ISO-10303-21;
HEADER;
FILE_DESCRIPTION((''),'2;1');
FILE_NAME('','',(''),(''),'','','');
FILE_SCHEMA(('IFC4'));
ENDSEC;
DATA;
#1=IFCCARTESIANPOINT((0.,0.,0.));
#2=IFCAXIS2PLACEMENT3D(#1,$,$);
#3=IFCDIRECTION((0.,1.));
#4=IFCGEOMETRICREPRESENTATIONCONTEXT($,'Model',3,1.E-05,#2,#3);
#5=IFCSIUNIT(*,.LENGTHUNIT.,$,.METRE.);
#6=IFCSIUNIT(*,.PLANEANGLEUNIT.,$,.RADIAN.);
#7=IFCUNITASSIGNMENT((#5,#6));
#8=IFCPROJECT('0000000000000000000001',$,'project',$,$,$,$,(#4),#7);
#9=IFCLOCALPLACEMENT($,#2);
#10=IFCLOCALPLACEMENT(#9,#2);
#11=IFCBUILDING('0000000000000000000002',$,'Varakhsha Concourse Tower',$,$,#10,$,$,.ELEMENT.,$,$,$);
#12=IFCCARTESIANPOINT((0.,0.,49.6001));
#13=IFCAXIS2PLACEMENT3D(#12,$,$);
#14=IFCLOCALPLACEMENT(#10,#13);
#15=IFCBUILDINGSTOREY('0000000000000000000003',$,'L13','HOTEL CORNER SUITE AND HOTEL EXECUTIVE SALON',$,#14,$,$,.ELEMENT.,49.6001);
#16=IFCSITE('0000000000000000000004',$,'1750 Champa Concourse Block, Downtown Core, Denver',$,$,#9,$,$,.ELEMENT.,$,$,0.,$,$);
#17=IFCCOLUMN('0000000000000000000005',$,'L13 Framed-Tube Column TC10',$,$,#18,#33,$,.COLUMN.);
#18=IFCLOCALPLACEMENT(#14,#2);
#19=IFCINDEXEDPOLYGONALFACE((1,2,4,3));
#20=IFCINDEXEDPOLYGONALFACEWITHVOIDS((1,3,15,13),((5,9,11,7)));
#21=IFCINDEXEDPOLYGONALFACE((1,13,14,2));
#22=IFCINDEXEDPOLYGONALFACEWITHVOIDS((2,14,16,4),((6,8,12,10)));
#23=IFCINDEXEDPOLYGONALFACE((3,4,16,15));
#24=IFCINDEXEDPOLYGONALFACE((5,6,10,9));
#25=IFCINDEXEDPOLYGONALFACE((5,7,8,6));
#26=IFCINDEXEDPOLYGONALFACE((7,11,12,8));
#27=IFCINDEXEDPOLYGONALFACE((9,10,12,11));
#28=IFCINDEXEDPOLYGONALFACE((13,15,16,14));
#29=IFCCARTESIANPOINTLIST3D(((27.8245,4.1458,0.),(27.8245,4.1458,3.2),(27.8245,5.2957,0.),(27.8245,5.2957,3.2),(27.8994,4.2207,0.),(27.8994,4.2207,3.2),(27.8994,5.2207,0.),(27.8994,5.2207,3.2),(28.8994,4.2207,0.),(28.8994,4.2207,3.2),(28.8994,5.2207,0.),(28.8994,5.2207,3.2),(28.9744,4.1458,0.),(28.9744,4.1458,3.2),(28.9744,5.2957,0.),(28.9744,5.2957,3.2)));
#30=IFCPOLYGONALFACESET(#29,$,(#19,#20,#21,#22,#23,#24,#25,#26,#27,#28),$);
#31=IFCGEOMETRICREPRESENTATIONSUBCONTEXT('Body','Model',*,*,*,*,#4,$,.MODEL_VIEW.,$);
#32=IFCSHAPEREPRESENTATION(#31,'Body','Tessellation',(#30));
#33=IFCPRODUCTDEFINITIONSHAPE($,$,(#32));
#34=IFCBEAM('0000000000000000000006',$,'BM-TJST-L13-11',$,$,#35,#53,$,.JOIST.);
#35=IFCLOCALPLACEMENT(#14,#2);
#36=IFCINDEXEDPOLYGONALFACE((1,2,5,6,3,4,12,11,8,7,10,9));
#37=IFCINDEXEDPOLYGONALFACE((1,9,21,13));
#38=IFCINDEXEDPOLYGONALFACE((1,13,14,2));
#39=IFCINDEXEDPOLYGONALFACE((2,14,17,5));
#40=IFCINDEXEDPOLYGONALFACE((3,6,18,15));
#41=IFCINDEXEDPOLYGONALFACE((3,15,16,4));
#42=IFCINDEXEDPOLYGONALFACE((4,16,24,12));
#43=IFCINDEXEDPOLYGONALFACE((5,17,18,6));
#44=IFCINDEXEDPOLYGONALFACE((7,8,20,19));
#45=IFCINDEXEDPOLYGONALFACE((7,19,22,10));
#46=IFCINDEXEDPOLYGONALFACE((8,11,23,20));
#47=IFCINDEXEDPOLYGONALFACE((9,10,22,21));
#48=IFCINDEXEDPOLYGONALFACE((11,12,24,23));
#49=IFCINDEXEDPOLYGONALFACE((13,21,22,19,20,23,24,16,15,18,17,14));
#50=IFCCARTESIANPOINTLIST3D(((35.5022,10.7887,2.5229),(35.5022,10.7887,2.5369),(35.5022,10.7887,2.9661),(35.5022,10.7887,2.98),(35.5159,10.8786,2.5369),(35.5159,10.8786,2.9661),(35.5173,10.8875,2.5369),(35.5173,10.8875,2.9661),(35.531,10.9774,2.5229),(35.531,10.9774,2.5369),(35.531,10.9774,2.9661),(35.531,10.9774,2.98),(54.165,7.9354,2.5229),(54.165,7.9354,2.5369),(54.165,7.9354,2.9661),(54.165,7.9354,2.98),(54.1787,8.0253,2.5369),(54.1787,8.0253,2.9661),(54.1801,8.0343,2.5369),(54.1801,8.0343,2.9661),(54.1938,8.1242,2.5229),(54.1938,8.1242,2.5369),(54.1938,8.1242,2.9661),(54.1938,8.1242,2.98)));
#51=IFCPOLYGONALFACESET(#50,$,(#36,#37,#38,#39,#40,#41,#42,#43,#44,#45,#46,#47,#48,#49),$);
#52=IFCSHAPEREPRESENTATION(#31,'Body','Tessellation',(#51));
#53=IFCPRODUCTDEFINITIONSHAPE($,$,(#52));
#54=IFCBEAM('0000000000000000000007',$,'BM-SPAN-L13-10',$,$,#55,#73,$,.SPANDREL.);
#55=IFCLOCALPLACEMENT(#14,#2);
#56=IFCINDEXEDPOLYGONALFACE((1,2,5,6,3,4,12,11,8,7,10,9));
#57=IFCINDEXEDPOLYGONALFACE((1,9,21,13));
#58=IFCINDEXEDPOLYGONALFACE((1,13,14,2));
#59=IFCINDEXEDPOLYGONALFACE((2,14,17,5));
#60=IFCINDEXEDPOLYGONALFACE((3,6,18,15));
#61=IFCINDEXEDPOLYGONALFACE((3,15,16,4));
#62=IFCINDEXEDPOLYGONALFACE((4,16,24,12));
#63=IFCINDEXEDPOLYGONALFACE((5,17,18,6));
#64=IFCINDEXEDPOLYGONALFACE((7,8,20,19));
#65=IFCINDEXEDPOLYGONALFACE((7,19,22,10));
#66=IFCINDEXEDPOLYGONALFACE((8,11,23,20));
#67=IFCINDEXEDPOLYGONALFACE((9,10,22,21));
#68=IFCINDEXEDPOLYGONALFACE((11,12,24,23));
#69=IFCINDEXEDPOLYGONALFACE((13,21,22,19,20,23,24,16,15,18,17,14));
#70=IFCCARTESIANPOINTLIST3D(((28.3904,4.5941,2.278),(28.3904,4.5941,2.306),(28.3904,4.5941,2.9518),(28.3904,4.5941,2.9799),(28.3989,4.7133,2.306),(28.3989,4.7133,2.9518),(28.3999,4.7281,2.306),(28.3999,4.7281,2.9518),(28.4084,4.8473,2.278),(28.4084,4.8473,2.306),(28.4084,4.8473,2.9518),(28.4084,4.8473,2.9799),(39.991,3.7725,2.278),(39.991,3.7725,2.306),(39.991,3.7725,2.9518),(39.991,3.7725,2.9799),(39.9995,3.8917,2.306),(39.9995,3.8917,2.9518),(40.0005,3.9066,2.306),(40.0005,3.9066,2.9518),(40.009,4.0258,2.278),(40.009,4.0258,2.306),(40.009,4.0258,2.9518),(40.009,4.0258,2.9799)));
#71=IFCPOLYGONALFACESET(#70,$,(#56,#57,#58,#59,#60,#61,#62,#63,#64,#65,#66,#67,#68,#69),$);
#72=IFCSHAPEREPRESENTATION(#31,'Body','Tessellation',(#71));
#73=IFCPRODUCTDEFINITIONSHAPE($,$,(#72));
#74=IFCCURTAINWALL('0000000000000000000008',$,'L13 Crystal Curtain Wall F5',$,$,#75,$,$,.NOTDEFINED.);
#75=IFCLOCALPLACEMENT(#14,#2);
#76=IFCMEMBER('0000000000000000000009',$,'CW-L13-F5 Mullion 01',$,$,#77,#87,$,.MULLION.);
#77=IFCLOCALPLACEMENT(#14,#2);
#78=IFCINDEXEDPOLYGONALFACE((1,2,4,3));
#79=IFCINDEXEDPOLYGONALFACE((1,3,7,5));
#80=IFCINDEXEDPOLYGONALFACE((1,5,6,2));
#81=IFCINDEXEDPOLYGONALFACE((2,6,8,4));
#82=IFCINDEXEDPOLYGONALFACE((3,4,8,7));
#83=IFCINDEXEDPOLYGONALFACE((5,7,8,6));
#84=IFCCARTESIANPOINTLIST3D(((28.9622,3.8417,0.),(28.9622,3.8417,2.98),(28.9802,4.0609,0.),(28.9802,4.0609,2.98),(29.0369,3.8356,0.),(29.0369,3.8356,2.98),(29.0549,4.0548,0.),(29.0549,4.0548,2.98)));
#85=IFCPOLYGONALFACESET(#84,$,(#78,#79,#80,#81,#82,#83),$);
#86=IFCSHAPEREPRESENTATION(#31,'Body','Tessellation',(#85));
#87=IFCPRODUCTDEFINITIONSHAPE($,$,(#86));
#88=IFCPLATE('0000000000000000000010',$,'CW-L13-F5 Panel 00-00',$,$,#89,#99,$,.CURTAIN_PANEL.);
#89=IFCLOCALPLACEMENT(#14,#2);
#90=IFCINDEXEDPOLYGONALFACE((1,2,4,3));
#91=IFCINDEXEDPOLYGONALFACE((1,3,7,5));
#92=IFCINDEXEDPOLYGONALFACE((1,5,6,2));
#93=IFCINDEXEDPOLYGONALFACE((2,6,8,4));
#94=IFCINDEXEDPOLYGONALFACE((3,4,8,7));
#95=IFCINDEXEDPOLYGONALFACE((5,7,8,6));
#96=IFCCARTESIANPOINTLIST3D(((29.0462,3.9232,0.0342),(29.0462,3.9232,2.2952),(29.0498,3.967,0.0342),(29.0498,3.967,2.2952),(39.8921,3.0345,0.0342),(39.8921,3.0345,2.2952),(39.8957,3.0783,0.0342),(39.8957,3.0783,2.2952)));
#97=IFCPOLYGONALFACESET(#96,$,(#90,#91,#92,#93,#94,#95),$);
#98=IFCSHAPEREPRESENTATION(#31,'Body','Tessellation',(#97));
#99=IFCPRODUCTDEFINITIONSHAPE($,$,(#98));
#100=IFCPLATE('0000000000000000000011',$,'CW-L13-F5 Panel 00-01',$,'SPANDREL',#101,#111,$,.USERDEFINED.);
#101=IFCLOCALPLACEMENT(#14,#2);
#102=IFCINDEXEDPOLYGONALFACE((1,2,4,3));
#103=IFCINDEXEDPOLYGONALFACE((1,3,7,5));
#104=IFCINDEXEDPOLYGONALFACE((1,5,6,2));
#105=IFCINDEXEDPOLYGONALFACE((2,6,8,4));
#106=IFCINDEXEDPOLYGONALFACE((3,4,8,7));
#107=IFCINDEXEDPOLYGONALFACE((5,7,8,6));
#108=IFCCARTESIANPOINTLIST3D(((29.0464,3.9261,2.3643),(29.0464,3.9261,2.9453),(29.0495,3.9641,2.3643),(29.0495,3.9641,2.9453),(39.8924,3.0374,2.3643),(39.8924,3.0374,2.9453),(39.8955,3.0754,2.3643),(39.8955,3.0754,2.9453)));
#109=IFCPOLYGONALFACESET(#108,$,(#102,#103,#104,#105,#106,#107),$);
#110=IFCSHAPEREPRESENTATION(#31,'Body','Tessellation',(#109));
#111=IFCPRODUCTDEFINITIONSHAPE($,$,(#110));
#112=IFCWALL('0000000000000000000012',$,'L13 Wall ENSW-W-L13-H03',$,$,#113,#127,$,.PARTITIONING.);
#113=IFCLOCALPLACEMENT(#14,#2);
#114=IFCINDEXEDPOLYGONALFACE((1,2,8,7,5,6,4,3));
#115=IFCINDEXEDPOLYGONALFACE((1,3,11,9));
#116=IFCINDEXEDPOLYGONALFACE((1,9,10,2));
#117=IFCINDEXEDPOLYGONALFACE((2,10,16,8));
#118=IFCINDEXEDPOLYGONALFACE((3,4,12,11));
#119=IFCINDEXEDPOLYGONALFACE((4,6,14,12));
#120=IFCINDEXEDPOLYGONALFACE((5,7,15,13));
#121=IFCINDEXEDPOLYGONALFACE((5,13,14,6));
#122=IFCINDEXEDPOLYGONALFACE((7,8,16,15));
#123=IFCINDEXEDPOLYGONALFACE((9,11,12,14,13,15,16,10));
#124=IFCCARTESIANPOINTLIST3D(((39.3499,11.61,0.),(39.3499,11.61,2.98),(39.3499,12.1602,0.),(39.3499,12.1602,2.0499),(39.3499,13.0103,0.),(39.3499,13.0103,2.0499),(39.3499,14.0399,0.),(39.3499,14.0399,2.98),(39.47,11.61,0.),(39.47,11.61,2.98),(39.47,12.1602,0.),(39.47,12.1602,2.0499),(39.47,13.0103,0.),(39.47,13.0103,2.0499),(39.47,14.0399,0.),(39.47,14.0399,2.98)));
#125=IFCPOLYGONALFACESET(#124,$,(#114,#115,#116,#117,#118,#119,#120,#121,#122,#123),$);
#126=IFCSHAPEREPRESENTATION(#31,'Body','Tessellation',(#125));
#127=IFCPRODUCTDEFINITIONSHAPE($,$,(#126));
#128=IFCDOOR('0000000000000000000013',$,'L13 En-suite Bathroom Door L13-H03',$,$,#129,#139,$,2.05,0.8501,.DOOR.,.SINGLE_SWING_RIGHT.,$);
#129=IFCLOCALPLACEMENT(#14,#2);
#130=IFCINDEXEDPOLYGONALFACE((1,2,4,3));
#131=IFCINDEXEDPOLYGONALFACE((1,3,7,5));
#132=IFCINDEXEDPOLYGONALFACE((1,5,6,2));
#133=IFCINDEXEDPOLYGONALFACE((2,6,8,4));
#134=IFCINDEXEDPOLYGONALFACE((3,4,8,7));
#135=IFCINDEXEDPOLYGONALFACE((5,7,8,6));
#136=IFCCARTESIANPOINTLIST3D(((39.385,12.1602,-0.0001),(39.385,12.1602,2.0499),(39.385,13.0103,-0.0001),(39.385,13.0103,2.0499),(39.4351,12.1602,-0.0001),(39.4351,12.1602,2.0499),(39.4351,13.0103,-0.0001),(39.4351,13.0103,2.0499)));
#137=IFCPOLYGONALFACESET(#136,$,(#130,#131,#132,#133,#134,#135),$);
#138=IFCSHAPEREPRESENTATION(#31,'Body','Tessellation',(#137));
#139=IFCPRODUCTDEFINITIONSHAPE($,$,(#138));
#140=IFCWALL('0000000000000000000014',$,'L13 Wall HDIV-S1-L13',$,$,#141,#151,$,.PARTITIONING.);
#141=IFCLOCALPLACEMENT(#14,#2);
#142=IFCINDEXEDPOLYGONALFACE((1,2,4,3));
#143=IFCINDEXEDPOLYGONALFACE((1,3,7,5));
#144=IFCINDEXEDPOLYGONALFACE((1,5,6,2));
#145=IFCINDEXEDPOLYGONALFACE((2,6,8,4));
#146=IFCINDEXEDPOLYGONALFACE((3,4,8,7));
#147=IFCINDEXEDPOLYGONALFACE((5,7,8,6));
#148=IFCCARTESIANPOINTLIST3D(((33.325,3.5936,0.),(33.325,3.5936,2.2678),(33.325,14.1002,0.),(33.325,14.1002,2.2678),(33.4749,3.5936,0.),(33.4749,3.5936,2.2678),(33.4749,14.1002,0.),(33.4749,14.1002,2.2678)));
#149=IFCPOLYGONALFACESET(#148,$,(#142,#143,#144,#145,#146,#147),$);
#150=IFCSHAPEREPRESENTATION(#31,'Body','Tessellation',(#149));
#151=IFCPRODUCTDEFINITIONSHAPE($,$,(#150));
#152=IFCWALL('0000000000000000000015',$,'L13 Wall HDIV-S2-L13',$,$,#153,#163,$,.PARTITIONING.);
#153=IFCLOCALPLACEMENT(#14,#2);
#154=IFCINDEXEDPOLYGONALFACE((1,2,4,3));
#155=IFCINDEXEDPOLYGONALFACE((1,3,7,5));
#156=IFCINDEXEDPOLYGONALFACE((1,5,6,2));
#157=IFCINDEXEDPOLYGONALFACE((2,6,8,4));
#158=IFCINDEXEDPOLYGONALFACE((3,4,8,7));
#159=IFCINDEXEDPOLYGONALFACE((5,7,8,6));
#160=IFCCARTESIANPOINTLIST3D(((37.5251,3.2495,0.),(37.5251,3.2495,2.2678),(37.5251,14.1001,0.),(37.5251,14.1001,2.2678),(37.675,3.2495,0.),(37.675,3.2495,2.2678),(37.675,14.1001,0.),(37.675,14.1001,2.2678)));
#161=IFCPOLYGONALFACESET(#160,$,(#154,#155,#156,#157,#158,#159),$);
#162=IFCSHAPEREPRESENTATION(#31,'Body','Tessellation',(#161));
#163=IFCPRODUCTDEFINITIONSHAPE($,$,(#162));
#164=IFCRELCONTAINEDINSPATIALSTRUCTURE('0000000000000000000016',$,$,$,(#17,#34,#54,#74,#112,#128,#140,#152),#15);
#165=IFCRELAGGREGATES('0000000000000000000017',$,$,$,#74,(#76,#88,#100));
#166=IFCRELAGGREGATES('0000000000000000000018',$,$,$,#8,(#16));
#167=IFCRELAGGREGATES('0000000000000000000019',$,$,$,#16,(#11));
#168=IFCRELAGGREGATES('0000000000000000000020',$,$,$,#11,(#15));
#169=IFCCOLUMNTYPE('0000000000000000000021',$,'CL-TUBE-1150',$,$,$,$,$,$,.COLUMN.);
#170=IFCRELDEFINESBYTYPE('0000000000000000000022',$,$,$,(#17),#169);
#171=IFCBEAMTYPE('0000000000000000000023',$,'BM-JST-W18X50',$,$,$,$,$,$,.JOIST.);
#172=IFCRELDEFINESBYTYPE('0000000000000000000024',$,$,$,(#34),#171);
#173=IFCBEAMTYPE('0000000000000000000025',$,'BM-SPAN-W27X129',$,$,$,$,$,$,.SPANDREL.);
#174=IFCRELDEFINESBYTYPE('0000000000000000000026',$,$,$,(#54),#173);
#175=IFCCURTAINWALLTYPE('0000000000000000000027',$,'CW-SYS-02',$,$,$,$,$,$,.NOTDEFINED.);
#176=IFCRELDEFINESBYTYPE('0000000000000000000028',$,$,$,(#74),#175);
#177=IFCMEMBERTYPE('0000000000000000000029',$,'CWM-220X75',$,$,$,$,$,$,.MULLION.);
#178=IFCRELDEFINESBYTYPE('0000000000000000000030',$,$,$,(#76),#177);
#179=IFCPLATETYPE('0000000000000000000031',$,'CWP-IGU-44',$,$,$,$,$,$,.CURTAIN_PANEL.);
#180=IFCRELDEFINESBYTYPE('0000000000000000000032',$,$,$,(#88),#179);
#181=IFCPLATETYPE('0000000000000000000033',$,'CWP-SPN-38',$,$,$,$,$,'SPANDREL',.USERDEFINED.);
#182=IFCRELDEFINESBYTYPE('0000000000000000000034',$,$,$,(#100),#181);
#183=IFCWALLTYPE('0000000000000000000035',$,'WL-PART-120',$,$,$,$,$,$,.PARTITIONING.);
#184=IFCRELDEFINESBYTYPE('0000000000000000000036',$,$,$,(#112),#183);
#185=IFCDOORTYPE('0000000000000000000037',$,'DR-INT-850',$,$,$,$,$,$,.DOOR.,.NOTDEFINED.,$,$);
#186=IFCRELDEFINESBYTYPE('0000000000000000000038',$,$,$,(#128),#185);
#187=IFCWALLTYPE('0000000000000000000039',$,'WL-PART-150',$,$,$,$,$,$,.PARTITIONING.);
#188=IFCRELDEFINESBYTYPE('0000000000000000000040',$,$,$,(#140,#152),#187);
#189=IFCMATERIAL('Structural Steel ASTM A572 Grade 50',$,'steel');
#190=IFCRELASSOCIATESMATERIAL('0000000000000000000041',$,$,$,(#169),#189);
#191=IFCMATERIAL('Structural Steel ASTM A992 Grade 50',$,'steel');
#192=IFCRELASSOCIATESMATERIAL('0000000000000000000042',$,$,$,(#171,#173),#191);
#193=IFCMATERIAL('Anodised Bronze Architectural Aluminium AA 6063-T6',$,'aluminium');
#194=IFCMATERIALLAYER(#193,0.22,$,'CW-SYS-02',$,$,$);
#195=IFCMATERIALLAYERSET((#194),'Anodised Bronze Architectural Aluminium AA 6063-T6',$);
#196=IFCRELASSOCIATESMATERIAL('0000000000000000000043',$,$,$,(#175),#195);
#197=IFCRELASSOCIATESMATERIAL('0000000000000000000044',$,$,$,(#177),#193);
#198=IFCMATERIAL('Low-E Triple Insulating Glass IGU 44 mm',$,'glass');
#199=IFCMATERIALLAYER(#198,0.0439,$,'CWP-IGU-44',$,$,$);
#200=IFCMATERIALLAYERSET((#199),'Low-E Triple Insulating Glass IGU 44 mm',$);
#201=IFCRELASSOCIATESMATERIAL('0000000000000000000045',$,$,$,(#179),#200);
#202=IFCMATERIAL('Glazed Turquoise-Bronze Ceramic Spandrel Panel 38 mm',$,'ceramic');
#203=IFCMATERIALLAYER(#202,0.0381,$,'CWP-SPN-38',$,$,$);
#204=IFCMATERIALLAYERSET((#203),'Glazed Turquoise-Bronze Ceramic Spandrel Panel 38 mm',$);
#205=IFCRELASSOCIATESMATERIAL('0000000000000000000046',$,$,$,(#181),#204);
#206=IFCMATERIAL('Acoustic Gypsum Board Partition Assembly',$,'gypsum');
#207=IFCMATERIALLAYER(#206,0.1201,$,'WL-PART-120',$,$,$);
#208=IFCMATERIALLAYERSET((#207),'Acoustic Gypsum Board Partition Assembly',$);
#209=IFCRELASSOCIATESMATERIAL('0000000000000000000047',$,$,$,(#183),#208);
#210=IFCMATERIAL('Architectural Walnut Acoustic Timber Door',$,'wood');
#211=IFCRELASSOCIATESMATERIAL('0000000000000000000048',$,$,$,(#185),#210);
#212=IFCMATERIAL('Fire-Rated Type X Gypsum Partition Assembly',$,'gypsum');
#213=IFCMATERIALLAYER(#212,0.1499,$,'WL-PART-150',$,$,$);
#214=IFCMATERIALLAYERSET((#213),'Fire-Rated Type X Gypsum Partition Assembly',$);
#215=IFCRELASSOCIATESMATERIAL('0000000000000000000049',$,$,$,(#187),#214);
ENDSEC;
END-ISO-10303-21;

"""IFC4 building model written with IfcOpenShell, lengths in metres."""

from ifc_helpers import new_model, si_unit, direction, frame, frame_2d, origin, origin_2d, place, context, subcontext, project, spatial, rectangle, hollow_rectangle, i_section, extrude, source, transform, mapped, material, layer, layer_set, material_profile, profile_set, type_object, type_shapes, element, fill, aggregate, save


model = new_model("IFC4")

# Units and contexts
model_context = context("Model", 3, precision=1e-05, world=origin(), true_north=direction((0.0, 1.0)))
body_context = subcontext(model_context, "Body", "Model", "MODEL_VIEW")
ifc_project = project(units=[si_unit("LENGTHUNIT", "METRE"), si_unit("PLANEANGLEUNIT", "RADIAN")], contexts=[model_context])

# Site, building, storey
site_placement = place(None, origin())
site = spatial("IfcSite", under=ifc_project, at=site_placement, Name="1750 Champa Concourse Block, Downtown Core, Denver", CompositionType="ELEMENT", RefElevation=0.0)
building_placement = place(site_placement, origin())
building = spatial("IfcBuilding", under=site, at=building_placement, Name="Varakhsha Concourse Tower", CompositionType="ELEMENT")
storey_placement = place(building_placement, frame((0.0, 0.0, 49.6001)))
storey = spatial("IfcBuildingStorey", under=building, at=storey_placement, Name="L13", Description="HOTEL CORNER SUITE AND HOTEL EXECUTIVE SALON", CompositionType="ELEMENT", Elevation=49.6001)

# Column
ifc_material_1 = material(Name="Structural Steel ASTM A572 Grade 50", Category="steel")
ifc_material_profile_1 = material_profile(ifc_material_1, hollow_rectangle(XDim=1.1499, YDim=1.1499, WallThickness=0.075, at=origin_2d()), Name="BOX 1150x1150x75")
ifc_profile_set_1 = profile_set([ifc_material_profile_1], Name="Structural Steel ASTM A572 Grade 50")
column_type = type_object("IfcColumnType", Name="CL-TUBE-1150", PredefinedType="COLUMN", material=ifc_profile_set_1)
column_placement = place(storey_placement, frame((28.3994, 4.7207, 0.0), z_axis=(0.0, 0.0, 1.0), x_axis=(1.0, 0.0, 0.0)))
element("IfcColumn", 1, at=column_placement, inside=storey, type_object=column_type, Name="L13 Framed-Tube Column TC10", PredefinedType="COLUMN", context=body_context, shape_type="SweptSolid", body=[
    extrude(hollow_rectangle(XDim=1.1499, YDim=1.1499, WallThickness=0.075, at=origin_2d()), origin(), (0.0, 0.0, 1.0), 3.2),
])

# Beams
ifc_material_2 = material(Name="Structural Steel ASTM A992 Grade 50", Category="steel")
ifc_material_profile_2 = material_profile(ifc_material_2, i_section(OverallWidth=0.1909, OverallDepth=0.457, WebThickness=0.009, FlangeThickness=0.0139, at=origin_2d()), Name="W18X50")
ifc_profile_set_2 = profile_set([ifc_material_profile_2], Name="Structural Steel ASTM A992 Grade 50")
beam_type_1 = type_object("IfcBeamType", Name="BM-JST-W18X50", PredefinedType="JOIST", material=ifc_profile_set_2)
beam_1_placement = place(storey_placement, frame((35.5166, 10.8831, 2.7515), z_axis=(0.988514, -0.151129, 0.0), x_axis=(0.151129, 0.988514, 0.0)))
element("IfcBeam", 2, at=beam_1_placement, inside=storey, type_object=beam_type_1, Name="BM-TJST-L13-11", PredefinedType="JOIST", context=body_context, shape_type="SweptSolid", body=[
    extrude(i_section(OverallWidth=0.1909, OverallDepth=0.457, WebThickness=0.009, FlangeThickness=0.0139, at=origin_2d()), origin(), (0.0, 0.0, 1.0), 18.8796),
])
ifc_material_profile_3 = material_profile(ifc_material_2, i_section(OverallWidth=0.2539, OverallDepth=0.7019, WebThickness=0.0149, FlangeThickness=0.0281, at=origin_2d()), Name="W27X129")
ifc_profile_set_3 = profile_set([ifc_material_profile_3], Name="Structural Steel ASTM A992 Grade 50")
beam_type_2 = type_object("IfcBeamType", Name="BM-SPAN-W27X129", PredefinedType="SPANDREL", material=ifc_profile_set_3)
beam_2_placement = place(storey_placement, frame((28.3994, 4.7207, 2.6289), z_axis=(0.997502, -0.070641, 0.0), x_axis=(0.070641, 0.997502, 0.0)))
element("IfcBeam", 3, at=beam_2_placement, inside=storey, type_object=beam_type_2, Name="BM-SPAN-L13-10", PredefinedType="SPANDREL", context=body_context, shape_type="SweptSolid", body=[
    extrude(i_section(OverallWidth=0.2539, OverallDepth=0.7019, WebThickness=0.0149, FlangeThickness=0.0281, at=origin_2d()), origin(), (0.0, 0.0, 1.0), 11.6296),
])

# Curtain wall, member, plates
ifc_material_3 = material(Name="Anodised Bronze Architectural Aluminium AA 6063-T6", Category="aluminium")
ifc_layer_1 = layer(ifc_material_3, 0.22, Name="CW-SYS-02")
ifc_layer_set_1 = layer_set([ifc_layer_1], Name="Anodised Bronze Architectural Aluminium AA 6063-T6")
curtain_wall_type = type_object("IfcCurtainWallType", Name="CW-SYS-02", PredefinedType="NOTDEFINED", material=ifc_layer_set_1)
curtain_wall_placement = place(storey_placement, origin())
curtain_wall = element("IfcCurtainWall", 4, at=curtain_wall_placement, inside=storey, type_object=curtain_wall_type, Name="L13 Crystal Curtain Wall F5", PredefinedType="NOTDEFINED")
ifc_material_profile_4 = material_profile(ifc_material_3, rectangle(XDim=0.075, YDim=0.22, at=origin_2d()), Name="CWM-220X75")
ifc_profile_set_4 = profile_set([ifc_material_profile_4], Name="Anodised Bronze Architectural Aluminium AA 6063-T6")
member_type = type_object("IfcMemberType", Name="CWM-220X75", PredefinedType="MULLION", material=ifc_profile_set_4)
shared_shape_1 = source(origin(), body_context, "Body", "SweptSolid", [
    extrude(rectangle(XDim=0.075, YDim=0.22, at=origin_2d()), origin(), (0.0, 0.0, 1.0), 2.98),
])
type_shapes(member_type, [shared_shape_1])
member_placement = place(storey_placement, frame((29.0085, 3.9482, 0.0), z_axis=(0.0, 0.0, 1.0), x_axis=(-0.99666, 0.081664, 0.0)))
member = element("IfcMember", 5, at=member_placement, type_object=member_type, Name="CW-L13-F5 Mullion 01", PredefinedType="MULLION", context=body_context, shape_type="MappedRepresentation", body=[
    mapped(shared_shape_1, transform((0.0, 0.0, 0.0), scale=1.0)),
])
ifc_material_4 = material(Name="Low-E Triple Insulating Glass IGU 44 mm", Category="glass")
ifc_layer_2 = layer(ifc_material_4, 0.0439, Name="CWP-IGU-44")
ifc_layer_set_2 = layer_set([ifc_layer_2], Name="Low-E Triple Insulating Glass IGU 44 mm")
plate_type_1 = type_object("IfcPlateType", Name="CWP-IGU-44", PredefinedType="CURTAIN_PANEL", material=ifc_layer_set_2)
shared_shape_2 = source(origin(), body_context, "Body", "SweptSolid", [
    extrude(rectangle(XDim=10.8823, YDim=0.0439, at=origin_2d()), origin(), (0.0, 0.0, 1.0), 2.261),
])
type_shapes(plate_type_1, [shared_shape_2])
plate_1_placement = place(storey_placement, frame((34.4709, 3.5007, 0.0342), z_axis=(0.0, 0.0, 1.0), x_axis=(-0.99666, 0.081664, 0.0)))
plate_1 = element("IfcPlate", 6, at=plate_1_placement, type_object=plate_type_1, Name="CW-L13-F5 Panel 00-00", PredefinedType="CURTAIN_PANEL", context=body_context, shape_type="MappedRepresentation", body=[
    mapped(shared_shape_2, transform((0.0, 0.0, 0.0), scale=1.0)),
])
ifc_material_5 = material(Name="Glazed Turquoise-Bronze Ceramic Spandrel Panel 38 mm", Category="ceramic")
ifc_layer_3 = layer(ifc_material_5, 0.0381, Name="CWP-SPN-38")
ifc_layer_set_3 = layer_set([ifc_layer_3], Name="Glazed Turquoise-Bronze Ceramic Spandrel Panel 38 mm")
plate_type_2 = type_object("IfcPlateType", Name="CWP-SPN-38", ElementType="SPANDREL", PredefinedType="USERDEFINED", material=ifc_layer_set_3)
shared_shape_3 = source(origin(), body_context, "Body", "SweptSolid", [
    extrude(rectangle(XDim=10.8823, YDim=0.0381, at=origin_2d()), origin(), (0.0, 0.0, 1.0), 0.5811),
])
type_shapes(plate_type_2, [shared_shape_3])
plate_2_placement = place(storey_placement, frame((34.4709, 3.5007, 2.3643), z_axis=(0.0, 0.0, 1.0), x_axis=(-0.99666, 0.081664, 0.0)))
plate_2 = element("IfcPlate", 7, at=plate_2_placement, type_object=plate_type_2, Name="CW-L13-F5 Panel 00-01", ObjectType="SPANDREL", PredefinedType="USERDEFINED", context=body_context, shape_type="MappedRepresentation", body=[
    mapped(shared_shape_3, transform((0.0, 0.0, 0.0), scale=1.0)),
])
aggregate(curtain_wall, [member, plate_1, plate_2])

# Wall, opening, door
ifc_material_6 = material(Name="Acoustic Gypsum Board Partition Assembly", Category="gypsum")
ifc_layer_4 = layer(ifc_material_6, 0.1201, Name="WL-PART-120")
ifc_layer_set_4 = layer_set([ifc_layer_4], Name="Acoustic Gypsum Board Partition Assembly")
wall_type_1 = type_object("IfcWallType", Name="WL-PART-120", PredefinedType="PARTITIONING", material=ifc_layer_set_4)
wall_1_placement = place(storey_placement, frame((39.4099, 11.6101, 0.0), z_axis=(0.0, 0.0, 1.0), x_axis=(0.0, 1.0, 0.0)))
wall_1 = element("IfcWall", 8, at=wall_1_placement, inside=storey, type_object=wall_type_1, Name="L13 Wall ENSW-W-L13-H03", PredefinedType="PARTITIONING", context=body_context, shape_type="SweptSolid", body=[
    extrude(rectangle(XDim=2.4299, YDim=0.1201, at=frame_2d((1.2148, 0.0))), origin(), (0.0, 0.0, 1.0), 2.98),
])
opening_placement = place(wall_1_placement, frame((0.55, 0.0, 0.0)))
opening = element("IfcOpeningElement", 9, at=opening_placement, cuts=wall_1, PredefinedType="OPENING", context=body_context, shape_type="SweptSolid", body=[
    extrude(rectangle(XDim=0.8501, YDim=2.05, at=frame_2d((0.425, 1.0249))), frame((0.0, 0.0701, 0.0), z_axis=(0.0, -1.0, 0.0), x_axis=(1.0, 0.0, 0.0)), (0.0, 0.0, 1.0), 0.1401),
])
ifc_material_7 = material(Name="Architectural Walnut Acoustic Timber Door", Category="wood")
door_type = type_object("IfcDoorType", Name="DR-INT-850", OperationType="NOTDEFINED", PredefinedType="DOOR", material=ifc_material_7)
door_placement = place(opening_placement, origin())
door = element("IfcDoor", 10, at=door_placement, inside=storey, type_object=door_type, Name="L13 En-suite Bathroom Door L13-H03", OperationType="SINGLE_SWING_RIGHT", OverallHeight=2.05, OverallWidth=0.8501, PredefinedType="DOOR", context=body_context, shape_type="SweptSolid", body=[
    extrude(rectangle(XDim=0.8501, YDim=2.05, at=frame_2d((0.425, 1.0249))), frame((0.0, 0.0249, 0.0), z_axis=(0.0, -1.0, 0.0), x_axis=(1.0, 0.0, 0.0)), (0.0, 0.0, 1.0), 0.05),
])
fill(opening, door)

# Walls
ifc_material_8 = material(Name="Fire-Rated Type X Gypsum Partition Assembly", Category="gypsum")
ifc_layer_5 = layer(ifc_material_8, 0.1499, Name="WL-PART-150")
ifc_layer_set_5 = layer_set([ifc_layer_5], Name="Fire-Rated Type X Gypsum Partition Assembly")
wall_type_2 = type_object("IfcWallType", Name="WL-PART-150", PredefinedType="PARTITIONING", material=ifc_layer_set_5)
wall_2_placement = place(storey_placement, frame((33.3999, 3.5935, 0.0), z_axis=(0.0, 0.0, 1.0), x_axis=(0.0, 1.0, 0.0)))
element("IfcWall", 11, at=wall_2_placement, inside=storey, type_object=wall_type_2, Name="L13 Wall HDIV-S1-L13", PredefinedType="PARTITIONING", context=body_context, shape_type="SweptSolid", body=[
    extrude(rectangle(XDim=10.5066, YDim=0.1499, at=frame_2d((5.2534, 0.0))), origin(), (0.0, 0.0, 1.0), 2.2678),
])
wall_3_placement = place(storey_placement, frame((37.6001, 3.2495, 0.0), z_axis=(0.0, 0.0, 1.0), x_axis=(0.0, 1.0, 0.0)))
element("IfcWall", 12, at=wall_3_placement, inside=storey, type_object=wall_type_2, Name="L13 Wall HDIV-S2-L13", PredefinedType="PARTITIONING", context=body_context, shape_type="SweptSolid", body=[
    extrude(rectangle(XDim=10.8506, YDim=0.1499, at=frame_2d((5.4253, 0.0))), origin(), (0.0, 0.0, 1.0), 2.2678),
])

save(model, "model.ifc")
